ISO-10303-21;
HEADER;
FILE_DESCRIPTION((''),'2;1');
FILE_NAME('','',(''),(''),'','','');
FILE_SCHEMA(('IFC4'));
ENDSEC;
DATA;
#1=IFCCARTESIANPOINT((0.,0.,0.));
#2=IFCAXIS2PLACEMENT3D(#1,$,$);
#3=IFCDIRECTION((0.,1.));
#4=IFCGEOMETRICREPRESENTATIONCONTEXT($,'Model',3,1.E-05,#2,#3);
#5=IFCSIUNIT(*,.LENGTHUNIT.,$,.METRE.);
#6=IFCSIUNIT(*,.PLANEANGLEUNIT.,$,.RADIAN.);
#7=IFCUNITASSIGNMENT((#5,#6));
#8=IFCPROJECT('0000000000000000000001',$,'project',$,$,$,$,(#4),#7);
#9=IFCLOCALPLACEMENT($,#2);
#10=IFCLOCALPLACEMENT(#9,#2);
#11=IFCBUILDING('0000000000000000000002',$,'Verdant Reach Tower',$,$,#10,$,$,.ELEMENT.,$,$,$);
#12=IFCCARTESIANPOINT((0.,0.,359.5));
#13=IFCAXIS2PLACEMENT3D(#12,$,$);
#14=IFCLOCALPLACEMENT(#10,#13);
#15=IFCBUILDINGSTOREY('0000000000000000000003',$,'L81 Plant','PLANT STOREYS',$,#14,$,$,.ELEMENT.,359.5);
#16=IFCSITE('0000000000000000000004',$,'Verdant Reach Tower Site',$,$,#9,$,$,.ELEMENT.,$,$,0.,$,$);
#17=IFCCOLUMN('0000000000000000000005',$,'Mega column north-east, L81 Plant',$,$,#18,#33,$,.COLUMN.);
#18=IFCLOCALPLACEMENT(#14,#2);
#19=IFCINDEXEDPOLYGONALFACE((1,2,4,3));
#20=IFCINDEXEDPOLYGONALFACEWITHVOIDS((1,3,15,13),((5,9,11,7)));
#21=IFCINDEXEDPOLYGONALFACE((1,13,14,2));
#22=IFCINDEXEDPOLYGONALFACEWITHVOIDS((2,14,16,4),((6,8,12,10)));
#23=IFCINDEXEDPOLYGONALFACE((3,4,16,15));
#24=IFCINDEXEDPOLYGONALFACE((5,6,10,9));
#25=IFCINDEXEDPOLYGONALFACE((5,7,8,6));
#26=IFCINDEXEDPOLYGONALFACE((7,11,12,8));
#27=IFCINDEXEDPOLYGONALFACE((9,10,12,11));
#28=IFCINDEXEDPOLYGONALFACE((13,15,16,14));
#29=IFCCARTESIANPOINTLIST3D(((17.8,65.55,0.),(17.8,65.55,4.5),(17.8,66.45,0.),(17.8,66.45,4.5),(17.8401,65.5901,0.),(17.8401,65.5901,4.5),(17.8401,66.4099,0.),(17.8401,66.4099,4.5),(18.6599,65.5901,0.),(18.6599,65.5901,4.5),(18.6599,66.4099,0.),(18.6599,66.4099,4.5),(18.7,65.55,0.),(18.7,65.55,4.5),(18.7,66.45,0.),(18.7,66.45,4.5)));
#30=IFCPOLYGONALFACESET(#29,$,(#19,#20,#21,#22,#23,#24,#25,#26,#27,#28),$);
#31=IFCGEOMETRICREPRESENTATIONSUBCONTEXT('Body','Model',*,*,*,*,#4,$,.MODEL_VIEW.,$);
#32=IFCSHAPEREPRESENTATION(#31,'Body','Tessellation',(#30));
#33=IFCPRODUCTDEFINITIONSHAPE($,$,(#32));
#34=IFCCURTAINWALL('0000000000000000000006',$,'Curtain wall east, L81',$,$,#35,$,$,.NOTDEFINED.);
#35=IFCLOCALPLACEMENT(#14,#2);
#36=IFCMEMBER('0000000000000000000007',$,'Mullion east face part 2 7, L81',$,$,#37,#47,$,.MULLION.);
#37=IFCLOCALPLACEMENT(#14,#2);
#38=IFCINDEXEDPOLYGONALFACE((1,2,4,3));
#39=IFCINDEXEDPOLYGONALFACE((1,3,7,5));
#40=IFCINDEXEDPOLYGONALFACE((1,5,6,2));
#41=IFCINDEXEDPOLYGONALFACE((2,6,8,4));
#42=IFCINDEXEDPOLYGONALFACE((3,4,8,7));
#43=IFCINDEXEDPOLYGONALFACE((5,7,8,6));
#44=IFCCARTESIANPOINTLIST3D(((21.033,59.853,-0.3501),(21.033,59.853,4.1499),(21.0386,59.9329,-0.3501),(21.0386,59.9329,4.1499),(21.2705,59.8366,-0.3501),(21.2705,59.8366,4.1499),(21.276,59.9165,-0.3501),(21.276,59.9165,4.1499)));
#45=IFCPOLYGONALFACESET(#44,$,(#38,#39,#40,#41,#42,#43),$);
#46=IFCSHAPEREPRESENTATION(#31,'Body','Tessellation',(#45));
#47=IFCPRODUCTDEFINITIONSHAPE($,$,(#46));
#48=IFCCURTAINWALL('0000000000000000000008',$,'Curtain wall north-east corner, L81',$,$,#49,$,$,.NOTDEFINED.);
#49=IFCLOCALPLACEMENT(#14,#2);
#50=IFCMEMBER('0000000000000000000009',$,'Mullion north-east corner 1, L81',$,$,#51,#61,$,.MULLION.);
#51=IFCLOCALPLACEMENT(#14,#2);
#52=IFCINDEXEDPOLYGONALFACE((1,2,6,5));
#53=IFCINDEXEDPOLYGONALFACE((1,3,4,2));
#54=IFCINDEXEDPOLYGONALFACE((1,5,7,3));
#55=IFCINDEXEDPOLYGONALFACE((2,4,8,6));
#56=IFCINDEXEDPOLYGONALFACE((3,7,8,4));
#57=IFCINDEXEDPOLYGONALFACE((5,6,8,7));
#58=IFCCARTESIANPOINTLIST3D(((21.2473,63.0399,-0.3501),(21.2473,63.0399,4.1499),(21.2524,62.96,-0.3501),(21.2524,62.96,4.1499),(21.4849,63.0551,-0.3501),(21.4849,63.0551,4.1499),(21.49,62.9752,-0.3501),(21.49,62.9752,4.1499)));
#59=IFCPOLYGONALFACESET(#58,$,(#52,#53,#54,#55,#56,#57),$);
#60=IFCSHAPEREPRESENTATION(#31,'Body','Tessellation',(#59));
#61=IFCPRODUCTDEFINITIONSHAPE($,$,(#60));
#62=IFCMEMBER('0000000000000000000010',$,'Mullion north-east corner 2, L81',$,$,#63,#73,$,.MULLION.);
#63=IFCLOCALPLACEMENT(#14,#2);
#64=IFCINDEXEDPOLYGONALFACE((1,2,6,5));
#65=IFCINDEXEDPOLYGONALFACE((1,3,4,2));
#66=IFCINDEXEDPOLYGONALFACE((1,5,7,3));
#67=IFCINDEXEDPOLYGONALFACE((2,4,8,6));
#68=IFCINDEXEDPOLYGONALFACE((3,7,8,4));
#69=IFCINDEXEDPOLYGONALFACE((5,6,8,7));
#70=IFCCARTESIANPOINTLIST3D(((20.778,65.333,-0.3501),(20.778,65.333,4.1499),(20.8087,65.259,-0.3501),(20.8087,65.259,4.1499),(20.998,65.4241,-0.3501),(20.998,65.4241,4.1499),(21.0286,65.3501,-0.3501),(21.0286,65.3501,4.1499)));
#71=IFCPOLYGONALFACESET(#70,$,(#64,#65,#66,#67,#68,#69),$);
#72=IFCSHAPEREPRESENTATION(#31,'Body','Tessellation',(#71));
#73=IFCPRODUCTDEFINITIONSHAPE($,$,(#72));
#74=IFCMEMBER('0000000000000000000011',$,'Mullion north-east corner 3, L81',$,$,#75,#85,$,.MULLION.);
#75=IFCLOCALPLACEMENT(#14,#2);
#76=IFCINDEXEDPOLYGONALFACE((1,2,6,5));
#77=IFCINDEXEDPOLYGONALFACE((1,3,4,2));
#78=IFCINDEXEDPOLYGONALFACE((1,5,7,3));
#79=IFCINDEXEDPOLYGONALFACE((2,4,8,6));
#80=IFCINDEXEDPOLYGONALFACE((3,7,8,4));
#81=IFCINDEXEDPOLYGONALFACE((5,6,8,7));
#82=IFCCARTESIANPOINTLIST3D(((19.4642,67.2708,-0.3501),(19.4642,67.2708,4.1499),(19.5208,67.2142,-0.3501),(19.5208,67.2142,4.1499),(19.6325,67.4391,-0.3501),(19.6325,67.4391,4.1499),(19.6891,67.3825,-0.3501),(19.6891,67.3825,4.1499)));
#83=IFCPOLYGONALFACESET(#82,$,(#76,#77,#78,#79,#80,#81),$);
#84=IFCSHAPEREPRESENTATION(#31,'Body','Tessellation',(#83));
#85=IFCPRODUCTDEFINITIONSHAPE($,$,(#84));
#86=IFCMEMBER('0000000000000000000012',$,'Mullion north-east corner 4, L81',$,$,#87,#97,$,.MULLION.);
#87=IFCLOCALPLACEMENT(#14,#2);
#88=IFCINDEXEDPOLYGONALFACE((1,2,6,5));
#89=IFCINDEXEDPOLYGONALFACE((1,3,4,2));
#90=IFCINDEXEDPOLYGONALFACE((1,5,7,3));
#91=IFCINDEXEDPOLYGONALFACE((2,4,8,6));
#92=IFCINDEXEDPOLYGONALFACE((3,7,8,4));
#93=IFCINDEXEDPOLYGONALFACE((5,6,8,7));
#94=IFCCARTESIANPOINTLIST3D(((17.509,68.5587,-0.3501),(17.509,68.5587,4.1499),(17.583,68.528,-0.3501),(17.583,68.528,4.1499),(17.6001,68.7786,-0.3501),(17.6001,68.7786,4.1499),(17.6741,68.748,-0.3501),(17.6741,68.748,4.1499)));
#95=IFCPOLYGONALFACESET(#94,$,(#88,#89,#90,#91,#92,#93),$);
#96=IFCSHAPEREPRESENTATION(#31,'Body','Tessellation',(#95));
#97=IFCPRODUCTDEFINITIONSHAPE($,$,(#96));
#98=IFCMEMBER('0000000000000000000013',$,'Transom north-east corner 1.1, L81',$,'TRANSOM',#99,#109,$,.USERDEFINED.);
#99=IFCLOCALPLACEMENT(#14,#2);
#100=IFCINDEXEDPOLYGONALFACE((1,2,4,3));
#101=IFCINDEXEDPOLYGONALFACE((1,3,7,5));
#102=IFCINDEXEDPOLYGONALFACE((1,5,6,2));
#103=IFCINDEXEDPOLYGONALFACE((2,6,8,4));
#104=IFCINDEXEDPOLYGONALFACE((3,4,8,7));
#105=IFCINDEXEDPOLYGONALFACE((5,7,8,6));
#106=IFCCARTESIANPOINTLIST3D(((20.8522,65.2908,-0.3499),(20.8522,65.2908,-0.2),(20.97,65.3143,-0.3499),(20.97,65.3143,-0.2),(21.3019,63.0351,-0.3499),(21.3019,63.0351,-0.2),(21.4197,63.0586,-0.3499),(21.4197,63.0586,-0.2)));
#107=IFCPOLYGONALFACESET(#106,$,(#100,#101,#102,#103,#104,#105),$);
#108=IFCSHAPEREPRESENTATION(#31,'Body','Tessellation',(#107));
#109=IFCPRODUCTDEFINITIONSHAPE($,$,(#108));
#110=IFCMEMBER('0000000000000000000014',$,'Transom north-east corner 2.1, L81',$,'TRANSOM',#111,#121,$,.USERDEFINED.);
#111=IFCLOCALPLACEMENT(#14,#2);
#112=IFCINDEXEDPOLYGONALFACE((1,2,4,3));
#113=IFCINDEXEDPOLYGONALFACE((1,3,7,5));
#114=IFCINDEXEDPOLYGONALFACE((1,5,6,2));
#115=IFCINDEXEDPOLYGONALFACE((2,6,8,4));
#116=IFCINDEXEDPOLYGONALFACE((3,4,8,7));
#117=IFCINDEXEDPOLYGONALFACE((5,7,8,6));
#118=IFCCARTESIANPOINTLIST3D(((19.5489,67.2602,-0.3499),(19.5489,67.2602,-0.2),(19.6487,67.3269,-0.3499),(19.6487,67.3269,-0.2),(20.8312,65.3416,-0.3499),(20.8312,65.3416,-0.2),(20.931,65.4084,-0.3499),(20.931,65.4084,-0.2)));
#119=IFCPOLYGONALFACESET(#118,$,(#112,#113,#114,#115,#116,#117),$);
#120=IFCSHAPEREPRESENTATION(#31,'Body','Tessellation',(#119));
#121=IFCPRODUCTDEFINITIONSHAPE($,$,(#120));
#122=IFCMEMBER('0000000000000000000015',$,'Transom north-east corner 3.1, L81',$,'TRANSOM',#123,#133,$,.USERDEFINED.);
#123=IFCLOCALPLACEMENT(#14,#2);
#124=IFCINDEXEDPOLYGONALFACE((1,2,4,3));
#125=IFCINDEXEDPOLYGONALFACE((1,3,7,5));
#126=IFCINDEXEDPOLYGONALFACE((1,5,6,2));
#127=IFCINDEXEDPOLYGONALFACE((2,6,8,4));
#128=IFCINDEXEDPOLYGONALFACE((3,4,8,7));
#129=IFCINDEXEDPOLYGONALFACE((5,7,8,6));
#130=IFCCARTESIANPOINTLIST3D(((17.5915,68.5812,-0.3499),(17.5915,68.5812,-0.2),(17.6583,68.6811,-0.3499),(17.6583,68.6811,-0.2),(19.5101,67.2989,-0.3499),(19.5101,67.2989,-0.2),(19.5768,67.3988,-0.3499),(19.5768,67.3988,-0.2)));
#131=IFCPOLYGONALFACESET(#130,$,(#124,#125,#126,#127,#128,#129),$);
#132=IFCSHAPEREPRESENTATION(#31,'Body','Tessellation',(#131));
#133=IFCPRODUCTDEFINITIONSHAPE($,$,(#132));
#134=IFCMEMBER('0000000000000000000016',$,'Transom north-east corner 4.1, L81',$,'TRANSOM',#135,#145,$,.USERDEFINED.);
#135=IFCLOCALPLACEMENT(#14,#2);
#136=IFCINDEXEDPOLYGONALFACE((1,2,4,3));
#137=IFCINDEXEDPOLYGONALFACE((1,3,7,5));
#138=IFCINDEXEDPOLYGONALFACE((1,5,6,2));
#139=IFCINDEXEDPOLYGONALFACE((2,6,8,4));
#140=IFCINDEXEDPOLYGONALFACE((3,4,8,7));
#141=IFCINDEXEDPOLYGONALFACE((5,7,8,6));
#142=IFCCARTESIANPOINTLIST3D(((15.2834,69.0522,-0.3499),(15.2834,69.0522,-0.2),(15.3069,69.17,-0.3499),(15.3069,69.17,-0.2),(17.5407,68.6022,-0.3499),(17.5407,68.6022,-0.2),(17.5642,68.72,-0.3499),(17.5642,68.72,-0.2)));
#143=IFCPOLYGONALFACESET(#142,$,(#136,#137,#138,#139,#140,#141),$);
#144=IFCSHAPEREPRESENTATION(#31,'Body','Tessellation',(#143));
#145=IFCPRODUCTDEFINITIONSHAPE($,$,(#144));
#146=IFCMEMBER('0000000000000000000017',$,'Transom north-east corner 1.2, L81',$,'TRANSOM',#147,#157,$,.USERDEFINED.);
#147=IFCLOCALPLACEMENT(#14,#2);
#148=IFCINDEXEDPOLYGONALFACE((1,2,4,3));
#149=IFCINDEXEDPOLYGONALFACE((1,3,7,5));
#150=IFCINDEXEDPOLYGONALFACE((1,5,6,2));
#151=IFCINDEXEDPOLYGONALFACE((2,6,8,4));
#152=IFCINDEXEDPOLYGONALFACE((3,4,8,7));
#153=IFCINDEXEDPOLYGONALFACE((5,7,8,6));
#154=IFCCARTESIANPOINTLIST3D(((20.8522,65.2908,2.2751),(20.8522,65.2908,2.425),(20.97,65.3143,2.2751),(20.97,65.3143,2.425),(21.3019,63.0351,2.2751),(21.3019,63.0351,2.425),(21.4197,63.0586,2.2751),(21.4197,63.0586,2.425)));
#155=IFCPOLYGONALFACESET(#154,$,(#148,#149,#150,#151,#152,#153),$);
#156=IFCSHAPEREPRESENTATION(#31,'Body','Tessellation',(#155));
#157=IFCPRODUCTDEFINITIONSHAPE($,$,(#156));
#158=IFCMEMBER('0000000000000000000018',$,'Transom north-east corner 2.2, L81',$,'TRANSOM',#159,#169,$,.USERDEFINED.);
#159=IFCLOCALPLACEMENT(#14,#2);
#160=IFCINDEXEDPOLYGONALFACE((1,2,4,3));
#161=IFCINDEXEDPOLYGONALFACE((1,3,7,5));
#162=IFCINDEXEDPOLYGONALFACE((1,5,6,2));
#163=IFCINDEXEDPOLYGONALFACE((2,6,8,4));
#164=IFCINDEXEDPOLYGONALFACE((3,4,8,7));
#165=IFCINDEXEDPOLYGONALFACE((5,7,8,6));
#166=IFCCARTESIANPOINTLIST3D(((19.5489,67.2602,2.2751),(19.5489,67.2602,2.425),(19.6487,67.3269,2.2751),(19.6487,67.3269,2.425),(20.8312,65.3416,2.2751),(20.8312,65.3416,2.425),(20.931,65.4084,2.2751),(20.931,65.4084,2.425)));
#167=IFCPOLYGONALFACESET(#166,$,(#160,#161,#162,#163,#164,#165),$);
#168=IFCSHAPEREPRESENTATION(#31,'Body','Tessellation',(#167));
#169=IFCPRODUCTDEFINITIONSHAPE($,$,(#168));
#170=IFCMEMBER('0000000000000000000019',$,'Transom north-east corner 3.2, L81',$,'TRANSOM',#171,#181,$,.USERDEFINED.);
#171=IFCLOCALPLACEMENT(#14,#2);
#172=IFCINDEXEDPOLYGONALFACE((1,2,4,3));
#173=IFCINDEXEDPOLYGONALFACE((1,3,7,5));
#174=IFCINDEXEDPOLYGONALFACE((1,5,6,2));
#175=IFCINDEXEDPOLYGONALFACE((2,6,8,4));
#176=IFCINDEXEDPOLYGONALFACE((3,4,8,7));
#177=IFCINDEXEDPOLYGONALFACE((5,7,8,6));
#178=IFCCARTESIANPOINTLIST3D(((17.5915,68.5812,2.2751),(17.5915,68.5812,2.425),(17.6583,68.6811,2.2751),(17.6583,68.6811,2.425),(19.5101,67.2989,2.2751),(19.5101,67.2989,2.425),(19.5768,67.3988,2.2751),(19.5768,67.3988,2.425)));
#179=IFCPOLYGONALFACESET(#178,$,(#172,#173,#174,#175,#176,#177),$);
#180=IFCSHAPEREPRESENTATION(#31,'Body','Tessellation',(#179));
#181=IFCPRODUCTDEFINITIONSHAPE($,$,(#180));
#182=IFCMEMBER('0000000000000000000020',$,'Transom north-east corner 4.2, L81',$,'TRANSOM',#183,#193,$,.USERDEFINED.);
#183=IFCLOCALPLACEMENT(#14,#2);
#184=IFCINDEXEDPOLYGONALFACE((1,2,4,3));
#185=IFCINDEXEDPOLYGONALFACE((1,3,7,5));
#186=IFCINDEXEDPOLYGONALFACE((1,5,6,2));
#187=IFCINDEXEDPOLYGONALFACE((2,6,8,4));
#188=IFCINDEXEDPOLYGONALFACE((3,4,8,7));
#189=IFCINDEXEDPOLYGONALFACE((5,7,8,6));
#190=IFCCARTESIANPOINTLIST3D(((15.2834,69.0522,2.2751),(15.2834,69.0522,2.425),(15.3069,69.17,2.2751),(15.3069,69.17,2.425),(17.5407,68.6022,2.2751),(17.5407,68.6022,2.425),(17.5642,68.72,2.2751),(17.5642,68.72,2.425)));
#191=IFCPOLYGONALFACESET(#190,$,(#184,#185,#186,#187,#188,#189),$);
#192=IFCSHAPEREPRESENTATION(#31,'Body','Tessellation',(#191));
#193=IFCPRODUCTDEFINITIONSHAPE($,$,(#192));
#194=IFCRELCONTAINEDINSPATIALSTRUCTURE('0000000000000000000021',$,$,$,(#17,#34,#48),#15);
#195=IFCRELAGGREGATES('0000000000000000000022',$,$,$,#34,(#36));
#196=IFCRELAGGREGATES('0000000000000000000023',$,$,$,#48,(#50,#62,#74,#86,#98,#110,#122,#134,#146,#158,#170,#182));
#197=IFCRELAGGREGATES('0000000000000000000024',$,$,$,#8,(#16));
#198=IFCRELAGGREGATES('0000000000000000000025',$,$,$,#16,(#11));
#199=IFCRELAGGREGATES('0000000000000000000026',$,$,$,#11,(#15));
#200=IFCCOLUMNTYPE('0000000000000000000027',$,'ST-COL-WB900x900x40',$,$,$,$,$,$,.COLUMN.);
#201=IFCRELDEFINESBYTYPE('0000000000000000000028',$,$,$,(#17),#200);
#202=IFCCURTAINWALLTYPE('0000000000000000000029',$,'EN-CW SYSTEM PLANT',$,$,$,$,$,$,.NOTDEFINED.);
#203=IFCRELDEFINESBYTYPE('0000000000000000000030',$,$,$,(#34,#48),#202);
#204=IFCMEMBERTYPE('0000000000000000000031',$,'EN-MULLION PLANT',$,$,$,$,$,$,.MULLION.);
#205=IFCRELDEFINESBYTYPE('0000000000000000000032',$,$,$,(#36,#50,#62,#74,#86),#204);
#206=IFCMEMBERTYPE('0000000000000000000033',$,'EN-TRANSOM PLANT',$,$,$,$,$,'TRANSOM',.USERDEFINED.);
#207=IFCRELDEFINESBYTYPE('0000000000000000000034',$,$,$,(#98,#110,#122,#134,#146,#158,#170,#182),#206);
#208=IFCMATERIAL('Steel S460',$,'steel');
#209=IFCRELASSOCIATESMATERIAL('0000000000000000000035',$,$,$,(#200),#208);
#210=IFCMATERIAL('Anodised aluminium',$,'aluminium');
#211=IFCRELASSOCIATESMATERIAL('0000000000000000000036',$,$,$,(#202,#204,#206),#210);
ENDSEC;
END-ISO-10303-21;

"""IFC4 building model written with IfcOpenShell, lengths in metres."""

from ifc_helpers import new_model, si_unit, direction, frame, origin, origin_2d, place, context, subcontext, project, spatial, rectangle, hollow_rectangle, extrude, material, material_profile, profile_set, type_object, element, aggregate, save


model = new_model("IFC4")

# Units and contexts
model_context = context("Model", 3, precision=1e-05, world=origin(), true_north=direction((0.0, 1.0)))
body_context = subcontext(model_context, "Body", "Model", "MODEL_VIEW")
ifc_project = project(units=[si_unit("LENGTHUNIT", "METRE"), si_unit("PLANEANGLEUNIT", "RADIAN")], contexts=[model_context])

# Site, building, storey
site_placement = place(None, origin())
site = spatial("IfcSite", under=ifc_project, at=site_placement, Name="Verdant Reach Tower Site", CompositionType="ELEMENT", RefElevation=0.0)
building_placement = place(site_placement, origin())
building = spatial("IfcBuilding", under=site, at=building_placement, Name="Verdant Reach Tower", CompositionType="ELEMENT")
storey_placement = place(building_placement, frame((0.0, 0.0, 359.5)))
storey = spatial("IfcBuildingStorey", under=building, at=storey_placement, Name="L81 Plant", Description="PLANT STOREYS", CompositionType="ELEMENT", Elevation=359.5)

# Column
ifc_material_1 = material(Name="Steel S460", Category="steel")
ifc_material_profile_1 = material_profile(ifc_material_1, hollow_rectangle(XDim=0.8999, YDim=0.8999, WallThickness=0.04, at=origin_2d()), Name="WB 900x900x40")
ifc_profile_set_1 = profile_set([ifc_material_profile_1], Name="Steel S460")
column_type = type_object("IfcColumnType", Name="ST-COL-WB900x900x40", PredefinedType="COLUMN", material=ifc_profile_set_1)
column_placement = place(storey_placement, frame((18.25, 66.0, 0.0), z_axis=(0.0, 0.0, 1.0), x_axis=(1.0, 0.0, 0.0)))
element("IfcColumn", 1, at=column_placement, inside=storey, type_object=column_type, Name="Mega column north-east, L81 Plant", PredefinedType="COLUMN", context=body_context, shape_type="SweptSolid", body=[
    extrude(hollow_rectangle(XDim=0.8999, YDim=0.8999, WallThickness=0.04, at=origin_2d()), origin(), (0.0, 0.0, 1.0), 4.5),
])

# Curtain wall, member
ifc_material_2 = material(Name="Anodised aluminium", Category="aluminium")
curtain_wall_type = type_object("IfcCurtainWallType", Name="EN-CW SYSTEM PLANT", PredefinedType="NOTDEFINED", material=ifc_material_2)
curtain_wall_1_placement = place(storey_placement, origin())
curtain_wall_1 = element("IfcCurtainWall", 2, at=curtain_wall_1_placement, inside=storey, type_object=curtain_wall_type, Name="Curtain wall east, L81", PredefinedType="NOTDEFINED")
ifc_material_profile_2 = material_profile(ifc_material_2, rectangle(XDim=0.238, YDim=0.0801, at=origin_2d()), Name="Mullion 80x240")
ifc_profile_set_2 = profile_set([ifc_material_profile_2], Name="Anodised aluminium")
member_type_1 = type_object("IfcMemberType", Name="EN-MULLION PLANT", PredefinedType="MULLION", material=ifc_profile_set_2)
member_1_placement = place(storey_placement, frame((21.1545, 59.8848, -0.3501), z_axis=(0.0, 0.0, 1.0), x_axis=(0.99763, -0.068802, 0.0)))
member_1 = element("IfcMember", 3, at=member_1_placement, type_object=member_type_1, Name="Mullion east face part 2 7, L81", PredefinedType="MULLION", context=body_context, shape_type="SweptSolid", body=[
    extrude(rectangle(XDim=0.238, YDim=0.0801, at=origin_2d()), origin(), (0.0, 0.0, 1.0), 4.5),
])

# Curtain wall, members
curtain_wall_2_placement = place(storey_placement, origin())
curtain_wall_2 = element("IfcCurtainWall", 4, at=curtain_wall_2_placement, inside=storey, type_object=curtain_wall_type, Name="Curtain wall north-east corner, L81", PredefinedType="NOTDEFINED")
member_2_placement = place(storey_placement, frame((21.3687, 63.0076, -0.3501), z_axis=(0.0, 0.0, 1.0), x_axis=(0.997969, 0.063699, 0.0)))
member_2 = element("IfcMember", 5, at=member_2_placement, type_object=member_type_1, Name="Mullion north-east corner 1, L81", PredefinedType="MULLION", context=body_context, shape_type="SweptSolid", body=[
    extrude(rectangle(XDim=0.238, YDim=0.0801, at=origin_2d()), origin(), (0.0, 0.0, 1.0), 4.5),
])
member_3_placement = place(storey_placement, frame((20.9033, 65.3416, -0.3501), z_axis=(0.0, 0.0, 1.0), x_axis=(0.923875, 0.382694, 0.0)))
member_3 = element("IfcMember", 6, at=member_3_placement, type_object=member_type_1, Name="Mullion north-east corner 2, L81", PredefinedType="MULLION", context=body_context, shape_type="SweptSolid", body=[
    extrude(rectangle(XDim=0.238, YDim=0.0801, at=origin_2d()), origin(), (0.0, 0.0, 1.0), 4.5),
])
member_4_placement = place(storey_placement, frame((19.5767, 67.3267, -0.3501), z_axis=(0.0, 0.0, 1.0), x_axis=(0.707107, 0.707107, 0.0)))
member_4 = element("IfcMember", 7, at=member_4_placement, type_object=member_type_1, Name="Mullion north-east corner 3, L81", PredefinedType="MULLION", context=body_context, shape_type="SweptSolid", body=[
    extrude(rectangle(XDim=0.238, YDim=0.0801, at=origin_2d()), origin(), (0.0, 0.0, 1.0), 4.5),
])
member_5_placement = place(storey_placement, frame((17.5916, 68.6533, -0.3501), z_axis=(0.0, 0.0, 1.0), x_axis=(0.382694, 0.923875, 0.0)))
member_5 = element("IfcMember", 8, at=member_5_placement, type_object=member_type_1, Name="Mullion north-east corner 4, L81", PredefinedType="MULLION", context=body_context, shape_type="SweptSolid", body=[
    extrude(rectangle(XDim=0.238, YDim=0.0801, at=origin_2d()), origin(), (0.0, 0.0, 1.0), 4.5),
])
ifc_material_profile_3 = material_profile(ifc_material_2, rectangle(XDim=0.1201, YDim=0.1499, at=origin_2d()), Name="Transom 150x120")
ifc_profile_set_3 = profile_set([ifc_material_profile_3], Name="Anodised aluminium")
member_type_2 = type_object("IfcMemberType", Name="EN-TRANSOM PLANT", ElementType="TRANSOM", PredefinedType="USERDEFINED", material=ifc_profile_set_3)
member_6_placement = place(storey_placement, frame((21.3608, 63.0469, -0.2749), z_axis=(-0.195524, 0.980699, 0.0), x_axis=(-0.980699, -0.195524, 0.0)))
member_6 = element("IfcMember", 9, at=member_6_placement, type_object=member_type_2, Name="Transom north-east corner 1.1, L81", ObjectType="TRANSOM", PredefinedType="USERDEFINED", context=body_context, shape_type="SweptSolid", body=[
    extrude(rectangle(XDim=0.1201, YDim=0.1499, at=origin_2d()), origin(), (0.0, 0.0, 1.0), 2.3),
])
member_7_placement = place(storey_placement, frame((20.8811, 65.375, -0.2749), z_axis=(-0.555676, 0.831399, 0.0), x_axis=(-0.831399, -0.555676, 0.0)))
member_7 = element("IfcMember", 10, at=member_7_placement, type_object=member_type_2, Name="Transom north-east corner 2.1, L81", ObjectType="TRANSOM", PredefinedType="USERDEFINED", context=body_context, shape_type="SweptSolid", body=[
    extrude(rectangle(XDim=0.1201, YDim=0.1499, at=origin_2d()), origin(), (0.0, 0.0, 1.0), 2.3076),
])
member_8_placement = place(storey_placement, frame((19.5435, 67.3489, -0.2749), z_axis=(-0.831399, 0.555676, 0.0), x_axis=(-0.555676, -0.831399, 0.0)))
member_8 = element("IfcMember", 11, at=member_8_placement, type_object=member_type_2, Name="Transom north-east corner 3.1, L81", ObjectType="TRANSOM", PredefinedType="USERDEFINED", context=body_context, shape_type="SweptSolid", body=[
    extrude(rectangle(XDim=0.1201, YDim=0.1499, at=origin_2d()), origin(), (0.0, 0.0, 1.0), 2.3076),
])
member_9_placement = place(storey_placement, frame((17.5525, 68.6611, -0.2749), z_axis=(-0.980707, 0.195484, 0.0), x_axis=(-0.195484, -0.980707, 0.0)))
member_9 = element("IfcMember", 12, at=member_9_placement, type_object=member_type_2, Name="Transom north-east corner 4.1, L81", ObjectType="TRANSOM", PredefinedType="USERDEFINED", context=body_context, shape_type="SweptSolid", body=[
    extrude(rectangle(XDim=0.1201, YDim=0.1499, at=origin_2d()), origin(), (0.0, 0.0, 1.0), 2.3018),
])
member_10_placement = place(storey_placement, frame((21.3608, 63.0469, 2.3501), z_axis=(-0.195524, 0.980699, 0.0), x_axis=(-0.980699, -0.195524, 0.0)))
member_10 = element("IfcMember", 13, at=member_10_placement, type_object=member_type_2, Name="Transom north-east corner 1.2, L81", ObjectType="TRANSOM", PredefinedType="USERDEFINED", context=body_context, shape_type="SweptSolid", body=[
    extrude(rectangle(XDim=0.1201, YDim=0.1499, at=origin_2d()), origin(), (0.0, 0.0, 1.0), 2.3),
])
member_11_placement = place(storey_placement, frame((20.8811, 65.375, 2.3501), z_axis=(-0.555676, 0.831399, 0.0), x_axis=(-0.831399, -0.555676, 0.0)))
member_11 = element("IfcMember", 14, at=member_11_placement, type_object=member_type_2, Name="Transom north-east corner 2.2, L81", ObjectType="TRANSOM", PredefinedType="USERDEFINED", context=body_context, shape_type="SweptSolid", body=[
    extrude(rectangle(XDim=0.1201, YDim=0.1499, at=origin_2d()), origin(), (0.0, 0.0, 1.0), 2.3076),
])
member_12_placement = place(storey_placement, frame((19.5435, 67.3489, 2.3501), z_axis=(-0.831399, 0.555676, 0.0), x_axis=(-0.555676, -0.831399, 0.0)))
member_12 = element("IfcMember", 15, at=member_12_placement, type_object=member_type_2, Name="Transom north-east corner 3.2, L81", ObjectType="TRANSOM", PredefinedType="USERDEFINED", context=body_context, shape_type="SweptSolid", body=[
    extrude(rectangle(XDim=0.1201, YDim=0.1499, at=origin_2d()), origin(), (0.0, 0.0, 1.0), 2.3076),
])
member_13_placement = place(storey_placement, frame((17.5525, 68.6611, 2.3501), z_axis=(-0.980707, 0.195484, 0.0), x_axis=(-0.195484, -0.980707, 0.0)))
member_13 = element("IfcMember", 16, at=member_13_placement, type_object=member_type_2, Name="Transom north-east corner 4.2, L81", ObjectType="TRANSOM", PredefinedType="USERDEFINED", context=body_context, shape_type="SweptSolid", body=[
    extrude(rectangle(XDim=0.1201, YDim=0.1499, at=origin_2d()), origin(), (0.0, 0.0, 1.0), 2.3018),
])

aggregate(curtain_wall_1, [member_1])
aggregate(curtain_wall_2, [member_2, member_3, member_4, member_5, member_6, member_7, member_8, member_9, member_10, member_11, member_12, member_13])

save(model, "model.ifc")
